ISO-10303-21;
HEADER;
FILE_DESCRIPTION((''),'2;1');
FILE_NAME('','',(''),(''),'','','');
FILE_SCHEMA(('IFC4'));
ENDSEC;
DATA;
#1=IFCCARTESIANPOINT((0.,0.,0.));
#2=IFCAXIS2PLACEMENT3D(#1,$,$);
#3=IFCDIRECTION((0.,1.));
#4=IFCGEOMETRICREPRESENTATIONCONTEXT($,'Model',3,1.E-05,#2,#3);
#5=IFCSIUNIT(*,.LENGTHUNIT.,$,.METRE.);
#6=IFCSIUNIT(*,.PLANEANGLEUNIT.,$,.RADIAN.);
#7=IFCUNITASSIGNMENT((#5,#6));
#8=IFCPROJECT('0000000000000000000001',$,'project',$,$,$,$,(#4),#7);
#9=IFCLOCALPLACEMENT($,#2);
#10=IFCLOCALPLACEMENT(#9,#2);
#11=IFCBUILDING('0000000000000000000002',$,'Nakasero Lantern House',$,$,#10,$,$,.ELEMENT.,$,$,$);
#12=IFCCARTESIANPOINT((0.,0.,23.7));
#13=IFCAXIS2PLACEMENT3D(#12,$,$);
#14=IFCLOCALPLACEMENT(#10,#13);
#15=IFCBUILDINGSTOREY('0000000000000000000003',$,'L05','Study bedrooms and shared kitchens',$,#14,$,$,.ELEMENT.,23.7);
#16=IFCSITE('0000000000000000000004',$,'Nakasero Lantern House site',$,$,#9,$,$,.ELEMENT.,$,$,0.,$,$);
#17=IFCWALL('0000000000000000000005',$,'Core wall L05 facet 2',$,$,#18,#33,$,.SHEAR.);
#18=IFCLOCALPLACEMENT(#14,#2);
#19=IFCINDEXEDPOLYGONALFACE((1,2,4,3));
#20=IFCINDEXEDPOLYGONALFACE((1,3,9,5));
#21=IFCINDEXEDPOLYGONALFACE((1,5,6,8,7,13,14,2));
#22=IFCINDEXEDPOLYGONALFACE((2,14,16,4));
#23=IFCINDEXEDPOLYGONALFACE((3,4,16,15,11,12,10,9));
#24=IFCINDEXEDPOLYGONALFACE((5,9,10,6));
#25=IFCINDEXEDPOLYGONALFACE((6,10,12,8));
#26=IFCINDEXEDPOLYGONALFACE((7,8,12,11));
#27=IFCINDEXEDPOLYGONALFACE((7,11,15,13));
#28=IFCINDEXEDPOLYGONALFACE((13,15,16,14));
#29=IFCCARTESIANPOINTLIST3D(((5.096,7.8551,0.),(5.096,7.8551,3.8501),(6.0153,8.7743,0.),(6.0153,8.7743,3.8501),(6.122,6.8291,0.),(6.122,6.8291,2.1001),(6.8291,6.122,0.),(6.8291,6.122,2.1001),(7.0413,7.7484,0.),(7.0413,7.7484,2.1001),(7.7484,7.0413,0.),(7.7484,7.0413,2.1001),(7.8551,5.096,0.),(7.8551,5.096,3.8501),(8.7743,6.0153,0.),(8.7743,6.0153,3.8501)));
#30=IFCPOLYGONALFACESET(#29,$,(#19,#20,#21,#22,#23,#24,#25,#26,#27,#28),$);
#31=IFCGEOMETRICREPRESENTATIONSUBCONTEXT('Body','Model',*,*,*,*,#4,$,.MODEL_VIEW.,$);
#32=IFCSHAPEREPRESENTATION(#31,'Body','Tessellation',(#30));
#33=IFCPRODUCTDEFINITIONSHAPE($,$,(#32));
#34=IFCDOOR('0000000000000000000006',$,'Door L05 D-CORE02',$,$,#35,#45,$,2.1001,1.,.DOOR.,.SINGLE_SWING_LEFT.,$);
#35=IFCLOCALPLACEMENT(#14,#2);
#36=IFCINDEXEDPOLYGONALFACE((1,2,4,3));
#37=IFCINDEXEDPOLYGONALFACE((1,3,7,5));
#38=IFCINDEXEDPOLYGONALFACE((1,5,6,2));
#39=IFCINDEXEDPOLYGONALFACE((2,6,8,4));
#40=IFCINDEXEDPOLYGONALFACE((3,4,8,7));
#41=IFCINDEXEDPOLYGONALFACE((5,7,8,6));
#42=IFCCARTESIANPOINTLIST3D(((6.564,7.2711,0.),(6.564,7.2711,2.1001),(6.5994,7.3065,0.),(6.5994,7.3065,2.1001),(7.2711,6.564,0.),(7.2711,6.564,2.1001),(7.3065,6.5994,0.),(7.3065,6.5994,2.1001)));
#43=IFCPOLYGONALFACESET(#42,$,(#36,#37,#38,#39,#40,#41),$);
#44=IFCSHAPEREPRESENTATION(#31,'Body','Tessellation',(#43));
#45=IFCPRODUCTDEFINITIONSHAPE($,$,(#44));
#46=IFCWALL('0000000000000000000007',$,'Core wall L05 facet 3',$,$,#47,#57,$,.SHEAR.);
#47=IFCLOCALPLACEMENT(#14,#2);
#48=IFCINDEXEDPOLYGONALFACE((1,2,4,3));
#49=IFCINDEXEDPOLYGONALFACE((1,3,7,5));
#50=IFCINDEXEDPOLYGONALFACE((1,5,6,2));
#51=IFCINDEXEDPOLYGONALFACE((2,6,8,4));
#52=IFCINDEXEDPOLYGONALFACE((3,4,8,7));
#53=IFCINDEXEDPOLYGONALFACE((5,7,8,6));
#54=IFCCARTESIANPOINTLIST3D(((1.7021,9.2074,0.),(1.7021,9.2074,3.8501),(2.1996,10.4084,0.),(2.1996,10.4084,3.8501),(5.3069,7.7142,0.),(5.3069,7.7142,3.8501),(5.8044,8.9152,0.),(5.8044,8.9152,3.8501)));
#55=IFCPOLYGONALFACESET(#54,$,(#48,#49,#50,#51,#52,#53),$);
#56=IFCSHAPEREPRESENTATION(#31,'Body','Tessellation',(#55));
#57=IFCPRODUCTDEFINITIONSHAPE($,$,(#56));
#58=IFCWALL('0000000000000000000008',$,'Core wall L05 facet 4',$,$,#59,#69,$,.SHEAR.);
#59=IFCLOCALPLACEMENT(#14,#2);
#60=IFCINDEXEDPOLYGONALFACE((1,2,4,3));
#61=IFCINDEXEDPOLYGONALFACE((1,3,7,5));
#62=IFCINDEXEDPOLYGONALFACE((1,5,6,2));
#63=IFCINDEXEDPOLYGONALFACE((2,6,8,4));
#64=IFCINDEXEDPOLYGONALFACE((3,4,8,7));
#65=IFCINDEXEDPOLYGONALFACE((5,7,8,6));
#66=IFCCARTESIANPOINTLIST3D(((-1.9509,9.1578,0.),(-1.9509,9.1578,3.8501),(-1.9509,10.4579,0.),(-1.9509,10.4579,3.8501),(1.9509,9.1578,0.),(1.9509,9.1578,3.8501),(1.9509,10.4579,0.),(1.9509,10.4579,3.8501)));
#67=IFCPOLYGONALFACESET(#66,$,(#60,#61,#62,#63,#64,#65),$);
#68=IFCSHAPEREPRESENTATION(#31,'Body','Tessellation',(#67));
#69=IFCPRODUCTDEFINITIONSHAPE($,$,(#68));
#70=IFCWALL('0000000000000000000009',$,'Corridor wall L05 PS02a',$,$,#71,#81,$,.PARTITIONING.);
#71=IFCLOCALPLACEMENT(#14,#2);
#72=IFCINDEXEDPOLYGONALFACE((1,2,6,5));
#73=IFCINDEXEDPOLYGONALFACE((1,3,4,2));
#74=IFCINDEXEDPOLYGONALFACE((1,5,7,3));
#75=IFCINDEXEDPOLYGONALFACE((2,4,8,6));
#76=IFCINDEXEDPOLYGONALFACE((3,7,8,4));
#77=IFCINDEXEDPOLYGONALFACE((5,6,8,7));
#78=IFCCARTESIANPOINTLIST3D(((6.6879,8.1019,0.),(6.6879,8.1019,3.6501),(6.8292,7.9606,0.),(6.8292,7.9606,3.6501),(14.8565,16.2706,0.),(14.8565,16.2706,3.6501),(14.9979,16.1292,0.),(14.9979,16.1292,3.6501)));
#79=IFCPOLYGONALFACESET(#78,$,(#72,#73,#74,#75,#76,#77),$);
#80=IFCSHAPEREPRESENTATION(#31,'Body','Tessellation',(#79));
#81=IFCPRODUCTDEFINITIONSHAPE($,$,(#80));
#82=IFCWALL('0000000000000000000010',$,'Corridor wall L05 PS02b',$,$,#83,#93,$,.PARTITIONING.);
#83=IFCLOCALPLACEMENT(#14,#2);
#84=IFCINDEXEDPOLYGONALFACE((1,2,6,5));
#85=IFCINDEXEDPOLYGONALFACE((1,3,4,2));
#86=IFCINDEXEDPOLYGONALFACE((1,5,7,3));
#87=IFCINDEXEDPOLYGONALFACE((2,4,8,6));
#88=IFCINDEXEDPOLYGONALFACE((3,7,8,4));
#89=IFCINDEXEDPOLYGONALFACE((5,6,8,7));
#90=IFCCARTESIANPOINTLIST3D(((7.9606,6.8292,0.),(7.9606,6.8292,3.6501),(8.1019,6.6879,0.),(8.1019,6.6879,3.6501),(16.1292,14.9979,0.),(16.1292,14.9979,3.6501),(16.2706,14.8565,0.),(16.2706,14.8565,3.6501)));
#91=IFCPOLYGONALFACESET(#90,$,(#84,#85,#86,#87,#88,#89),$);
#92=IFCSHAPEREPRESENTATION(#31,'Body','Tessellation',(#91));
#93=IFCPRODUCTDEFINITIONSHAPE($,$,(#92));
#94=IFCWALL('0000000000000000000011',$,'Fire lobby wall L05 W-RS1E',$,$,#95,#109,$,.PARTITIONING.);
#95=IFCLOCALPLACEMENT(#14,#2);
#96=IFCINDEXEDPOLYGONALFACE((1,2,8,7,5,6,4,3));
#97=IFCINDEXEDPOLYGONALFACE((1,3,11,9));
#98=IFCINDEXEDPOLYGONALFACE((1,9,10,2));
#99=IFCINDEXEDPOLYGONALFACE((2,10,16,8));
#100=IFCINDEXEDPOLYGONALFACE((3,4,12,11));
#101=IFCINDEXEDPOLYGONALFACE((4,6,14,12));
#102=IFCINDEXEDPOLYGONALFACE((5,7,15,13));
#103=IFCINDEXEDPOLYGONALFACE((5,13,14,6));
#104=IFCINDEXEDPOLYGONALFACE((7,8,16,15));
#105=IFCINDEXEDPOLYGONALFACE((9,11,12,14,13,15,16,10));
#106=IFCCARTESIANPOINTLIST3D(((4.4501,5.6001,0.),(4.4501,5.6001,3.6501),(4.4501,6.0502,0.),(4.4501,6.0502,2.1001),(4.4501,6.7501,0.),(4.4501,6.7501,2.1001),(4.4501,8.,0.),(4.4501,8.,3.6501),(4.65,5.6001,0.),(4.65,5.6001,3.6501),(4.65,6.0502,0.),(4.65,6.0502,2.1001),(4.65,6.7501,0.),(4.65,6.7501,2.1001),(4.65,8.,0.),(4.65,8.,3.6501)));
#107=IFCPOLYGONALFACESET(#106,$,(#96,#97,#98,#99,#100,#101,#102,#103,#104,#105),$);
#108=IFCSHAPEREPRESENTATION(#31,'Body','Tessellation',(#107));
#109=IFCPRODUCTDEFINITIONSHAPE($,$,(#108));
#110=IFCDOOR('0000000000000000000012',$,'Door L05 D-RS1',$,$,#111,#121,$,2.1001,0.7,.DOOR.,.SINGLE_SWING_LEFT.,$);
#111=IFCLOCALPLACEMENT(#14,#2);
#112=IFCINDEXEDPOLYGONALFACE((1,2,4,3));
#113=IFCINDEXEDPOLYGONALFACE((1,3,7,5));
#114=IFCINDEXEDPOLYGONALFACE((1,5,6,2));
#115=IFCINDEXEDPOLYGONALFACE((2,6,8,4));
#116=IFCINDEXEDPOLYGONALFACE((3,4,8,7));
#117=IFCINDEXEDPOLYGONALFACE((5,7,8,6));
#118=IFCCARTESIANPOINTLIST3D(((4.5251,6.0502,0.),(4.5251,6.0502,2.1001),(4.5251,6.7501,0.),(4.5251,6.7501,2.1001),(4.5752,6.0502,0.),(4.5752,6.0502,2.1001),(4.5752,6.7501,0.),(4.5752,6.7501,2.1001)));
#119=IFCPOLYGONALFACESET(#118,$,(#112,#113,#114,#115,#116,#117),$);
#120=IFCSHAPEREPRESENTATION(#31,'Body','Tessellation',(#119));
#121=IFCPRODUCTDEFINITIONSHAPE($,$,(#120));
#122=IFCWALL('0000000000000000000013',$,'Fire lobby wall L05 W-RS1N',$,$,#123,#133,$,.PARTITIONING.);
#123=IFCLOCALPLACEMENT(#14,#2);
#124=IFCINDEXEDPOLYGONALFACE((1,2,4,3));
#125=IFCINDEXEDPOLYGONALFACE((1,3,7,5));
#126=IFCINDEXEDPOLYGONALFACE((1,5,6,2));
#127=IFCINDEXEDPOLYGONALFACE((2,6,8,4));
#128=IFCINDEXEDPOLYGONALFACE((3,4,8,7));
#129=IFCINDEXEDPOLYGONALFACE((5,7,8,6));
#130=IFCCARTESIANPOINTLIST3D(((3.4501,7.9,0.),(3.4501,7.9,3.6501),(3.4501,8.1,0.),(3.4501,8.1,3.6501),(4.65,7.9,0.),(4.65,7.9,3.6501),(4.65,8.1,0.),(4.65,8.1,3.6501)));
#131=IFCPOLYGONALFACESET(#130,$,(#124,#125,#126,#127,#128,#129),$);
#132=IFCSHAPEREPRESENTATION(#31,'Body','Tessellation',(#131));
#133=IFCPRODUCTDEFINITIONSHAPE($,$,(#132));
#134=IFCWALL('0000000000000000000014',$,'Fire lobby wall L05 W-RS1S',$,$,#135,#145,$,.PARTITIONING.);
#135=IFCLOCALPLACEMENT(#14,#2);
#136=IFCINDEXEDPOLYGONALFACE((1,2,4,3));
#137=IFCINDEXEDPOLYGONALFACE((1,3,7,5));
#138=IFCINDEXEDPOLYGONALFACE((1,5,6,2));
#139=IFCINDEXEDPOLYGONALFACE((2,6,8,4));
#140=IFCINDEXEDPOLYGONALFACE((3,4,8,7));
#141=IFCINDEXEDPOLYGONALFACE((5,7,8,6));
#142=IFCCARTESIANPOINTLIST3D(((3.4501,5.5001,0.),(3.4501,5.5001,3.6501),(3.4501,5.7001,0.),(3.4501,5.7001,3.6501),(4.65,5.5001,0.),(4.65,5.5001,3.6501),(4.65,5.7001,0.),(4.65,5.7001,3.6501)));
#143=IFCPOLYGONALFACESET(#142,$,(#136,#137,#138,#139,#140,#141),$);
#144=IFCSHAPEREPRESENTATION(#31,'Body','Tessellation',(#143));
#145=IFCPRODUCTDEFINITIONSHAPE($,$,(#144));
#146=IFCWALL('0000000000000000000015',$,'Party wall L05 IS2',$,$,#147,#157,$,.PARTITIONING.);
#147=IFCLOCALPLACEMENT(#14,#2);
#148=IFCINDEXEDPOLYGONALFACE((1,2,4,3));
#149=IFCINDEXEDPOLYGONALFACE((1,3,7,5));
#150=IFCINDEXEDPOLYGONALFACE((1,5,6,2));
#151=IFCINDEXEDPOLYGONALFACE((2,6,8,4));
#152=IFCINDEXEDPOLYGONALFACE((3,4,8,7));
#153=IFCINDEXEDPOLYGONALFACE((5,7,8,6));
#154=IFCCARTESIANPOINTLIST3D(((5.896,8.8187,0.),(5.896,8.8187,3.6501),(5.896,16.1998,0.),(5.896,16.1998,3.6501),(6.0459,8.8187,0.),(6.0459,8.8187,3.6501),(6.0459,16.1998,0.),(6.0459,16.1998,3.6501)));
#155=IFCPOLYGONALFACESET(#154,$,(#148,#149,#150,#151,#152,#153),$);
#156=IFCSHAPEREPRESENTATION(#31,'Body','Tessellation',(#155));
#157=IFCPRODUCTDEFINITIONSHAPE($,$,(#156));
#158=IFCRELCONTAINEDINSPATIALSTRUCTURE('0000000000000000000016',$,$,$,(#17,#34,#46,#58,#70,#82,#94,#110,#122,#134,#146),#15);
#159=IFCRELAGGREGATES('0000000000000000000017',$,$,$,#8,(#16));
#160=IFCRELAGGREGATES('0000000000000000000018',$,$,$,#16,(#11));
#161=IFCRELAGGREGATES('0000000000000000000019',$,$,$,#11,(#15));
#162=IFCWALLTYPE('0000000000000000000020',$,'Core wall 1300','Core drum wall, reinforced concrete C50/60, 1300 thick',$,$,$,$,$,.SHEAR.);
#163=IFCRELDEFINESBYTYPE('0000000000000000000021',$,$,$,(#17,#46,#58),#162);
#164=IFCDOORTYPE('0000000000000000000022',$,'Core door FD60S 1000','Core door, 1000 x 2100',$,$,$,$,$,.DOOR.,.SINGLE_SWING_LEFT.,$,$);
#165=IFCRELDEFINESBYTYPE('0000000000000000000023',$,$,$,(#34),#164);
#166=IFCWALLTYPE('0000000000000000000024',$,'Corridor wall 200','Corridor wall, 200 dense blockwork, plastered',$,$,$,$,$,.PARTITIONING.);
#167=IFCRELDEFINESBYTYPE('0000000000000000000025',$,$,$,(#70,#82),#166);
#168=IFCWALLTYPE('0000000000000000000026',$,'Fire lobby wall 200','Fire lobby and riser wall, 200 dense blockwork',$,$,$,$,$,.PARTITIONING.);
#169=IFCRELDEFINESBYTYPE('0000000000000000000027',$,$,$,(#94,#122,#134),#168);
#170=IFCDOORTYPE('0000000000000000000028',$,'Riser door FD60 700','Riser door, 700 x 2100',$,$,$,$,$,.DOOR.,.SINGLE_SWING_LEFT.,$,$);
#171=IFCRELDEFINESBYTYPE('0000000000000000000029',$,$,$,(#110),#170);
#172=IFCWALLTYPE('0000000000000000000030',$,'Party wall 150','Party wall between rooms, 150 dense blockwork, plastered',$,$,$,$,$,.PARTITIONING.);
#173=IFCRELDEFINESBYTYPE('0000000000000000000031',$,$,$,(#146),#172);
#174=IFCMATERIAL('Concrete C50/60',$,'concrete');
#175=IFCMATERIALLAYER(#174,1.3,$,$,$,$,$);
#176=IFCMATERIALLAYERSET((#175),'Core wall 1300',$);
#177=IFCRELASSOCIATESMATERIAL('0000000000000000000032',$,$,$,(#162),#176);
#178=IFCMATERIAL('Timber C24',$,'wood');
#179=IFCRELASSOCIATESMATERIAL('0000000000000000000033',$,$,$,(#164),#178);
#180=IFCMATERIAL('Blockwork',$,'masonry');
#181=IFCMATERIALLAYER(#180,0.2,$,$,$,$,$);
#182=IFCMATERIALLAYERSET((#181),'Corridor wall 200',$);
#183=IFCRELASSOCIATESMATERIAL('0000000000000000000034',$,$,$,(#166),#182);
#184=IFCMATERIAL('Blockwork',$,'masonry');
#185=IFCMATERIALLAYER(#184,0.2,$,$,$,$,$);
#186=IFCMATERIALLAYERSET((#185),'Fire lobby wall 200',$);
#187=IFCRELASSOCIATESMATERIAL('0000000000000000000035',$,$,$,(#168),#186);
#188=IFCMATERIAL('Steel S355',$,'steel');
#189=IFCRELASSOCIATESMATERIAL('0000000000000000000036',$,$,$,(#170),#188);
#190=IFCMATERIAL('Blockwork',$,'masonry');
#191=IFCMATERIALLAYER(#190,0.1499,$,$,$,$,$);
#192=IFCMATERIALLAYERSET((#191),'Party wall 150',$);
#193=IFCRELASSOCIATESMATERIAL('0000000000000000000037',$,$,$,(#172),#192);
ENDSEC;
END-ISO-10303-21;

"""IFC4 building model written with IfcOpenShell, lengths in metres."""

from ifc_helpers import new_model, si_unit, direction, frame, frame_2d, origin, place, context, subcontext, project, spatial, rectangle, extrude, material, layer, layer_set, type_object, element, fill, save


model = new_model("IFC4")

# Units and contexts
model_context = context("Model", 3, precision=1e-05, world=origin(), true_north=direction((0.0, 1.0)))
body_context = subcontext(model_context, "Body", "Model", "MODEL_VIEW")
ifc_project = project(units=[si_unit("LENGTHUNIT", "METRE"), si_unit("PLANEANGLEUNIT", "RADIAN")], contexts=[model_context])

# Site, building, storey
site_placement = place(None, origin())
site = spatial("IfcSite", under=ifc_project, at=site_placement, Name="Nakasero Lantern House site", CompositionType="ELEMENT", RefElevation=0.0)
building_placement = place(site_placement, origin())
building = spatial("IfcBuilding", under=site, at=building_placement, Name="Nakasero Lantern House", CompositionType="ELEMENT")
storey_placement = place(building_placement, frame((0.0, 0.0, 23.7)))
storey = spatial("IfcBuildingStorey", under=building, at=storey_placement, Name="L05", Description="Study bedrooms and shared kitchens", CompositionType="ELEMENT", Elevation=23.7)

# Shared definitions
ifc_material_1 = material(Name="Concrete C50/60", Category="concrete")
ifc_layer_1 = layer(ifc_material_1, 1.3)
ifc_layer_set_1 = layer_set([ifc_layer_1], Name="Core wall 1300")
wall_type_1 = type_object("IfcWallType", Name="Core wall 1300", Description="Core drum wall, reinforced concrete C50/60, 1300 thick", PredefinedType="SHEAR", material=ifc_layer_set_1)

# Wall, opening, door
wall_1_placement = place(storey_placement, frame((8.3147, 5.5557, 0.0), z_axis=(0.0, 0.0, 1.0), x_axis=(-0.707107, 0.707107, 0.0)))
wall_1 = element("IfcWall", 1, at=wall_1_placement, inside=storey, type_object=wall_type_1, Name="Core wall L05 facet 2", PredefinedType="SHEAR", context=body_context, shape_type="SweptSolid", body=[
    extrude(rectangle(XDim=3.9019, YDim=1.3, at=frame_2d((1.9509, 0.0))), origin(), (0.0, 0.0, 1.0), 3.8501),
])
opening_1_placement = place(wall_1_placement, frame((1.4509, 0.0, 0.0)))
opening_1 = element("IfcOpeningElement", 2, at=opening_1_placement, cuts=wall_1, PredefinedType="OPENING", context=body_context, shape_type="SweptSolid", body=[
    extrude(rectangle(XDim=1.0, YDim=2.1001, at=frame_2d((0.5, 1.05))), frame((0.0, 0.6699, 0.0), z_axis=(0.0, -1.0, 0.0), x_axis=(1.0, 0.0, 0.0)), (0.0, 0.0, 1.0), 1.3401),
])
ifc_material_2 = material(Name="Timber C24", Category="wood")
door_type_1 = type_object("IfcDoorType", Name="Core door FD60S 1000", Description="Core door, 1000 x 2100", OperationType="SINGLE_SWING_LEFT", PredefinedType="DOOR", material=ifc_material_2)
door_1_placement = place(opening_1_placement, origin())
door_1 = element("IfcDoor", 3, at=door_1_placement, inside=storey, type_object=door_type_1, Name="Door L05 D-CORE02", OperationType="SINGLE_SWING_LEFT", OverallHeight=2.1001, OverallWidth=1.0, PredefinedType="DOOR", context=body_context, shape_type="SweptSolid", body=[
    extrude(rectangle(XDim=1.0, YDim=2.1001, at=frame_2d((0.5, 1.05))), frame((0.0, 0.0249, 0.0), z_axis=(0.0, -1.0, 0.0), x_axis=(1.0, 0.0, 0.0)), (0.0, 0.0, 1.0), 0.05),
])
fill(opening_1, door_1)

# Walls
for number, where, z_axis, x_axis, name in (
    (4, (5.5557, 8.3147, 0.0), (0.0, 0.0, 1.0), (-0.923877, 0.382691, 0.0), "Core wall L05 facet 3"),
    (5, (1.9509, 9.8079, 0.0), (0.0, 0.0, 1.0), (-1.0, 0.0, 0.0), "Core wall L05 facet 4"),
):
    element("IfcWall", number, at=place(storey_placement, frame(where, z_axis=z_axis, x_axis=x_axis)), inside=storey, type_object=wall_type_1, Name=name, PredefinedType="SHEAR", context=body_context, shape_type="SweptSolid", body=[
        extrude(rectangle(XDim=3.9019, YDim=1.3, at=frame_2d((1.9509, 0.0))), origin(), (0.0, 0.0, 1.0), 3.8501),
    ])
ifc_material_3 = material(Name="Blockwork", Category="masonry")
ifc_layer_2 = layer(ifc_material_3, 0.2)
ifc_layer_set_2 = layer_set([ifc_layer_2], Name="Corridor wall 200")
wall_type_2 = type_object("IfcWallType", Name="Corridor wall 200", Description="Corridor wall, 200 dense blockwork, plastered", PredefinedType="PARTITIONING", material=ifc_layer_set_2)
for number, where, z_axis, x_axis, name in (
    (6, (6.7585, 8.0312, 0.0), (0.0, 0.0, 1.0), (0.707107, 0.707107, 0.0), "Corridor wall L05 PS02a"),
    (7, (8.0312, 6.7585, 0.0), (0.0, 0.0, 1.0), (0.707107, 0.707107, 0.0), "Corridor wall L05 PS02b"),
):
    element("IfcWall", number, at=place(storey_placement, frame(where, z_axis=z_axis, x_axis=x_axis)), inside=storey, type_object=wall_type_2, Name=name, PredefinedType="PARTITIONING", context=body_context, shape_type="SweptSolid", body=[
        extrude(rectangle(XDim=11.5522, YDim=0.2, at=frame_2d((5.7761, 0.0))), origin(), (0.0, 0.0, 1.0), 3.6501),
    ])

# Wall, opening, door
ifc_material_4 = material(Name="Blockwork", Category="masonry")
ifc_layer_3 = layer(ifc_material_4, 0.2)
ifc_layer_set_3 = layer_set([ifc_layer_3], Name="Fire lobby wall 200")
wall_type_3 = type_object("IfcWallType", Name="Fire lobby wall 200", Description="Fire lobby and riser wall, 200 dense blockwork", PredefinedType="PARTITIONING", material=ifc_layer_set_3)
wall_2_placement = place(storey_placement, frame((4.55, 5.6001, 0.0), z_axis=(0.0, 0.0, 1.0), x_axis=(0.0, 1.0, 0.0)))
wall_2 = element("IfcWall", 8, at=wall_2_placement, inside=storey, type_object=wall_type_3, Name="Fire lobby wall L05 W-RS1E", PredefinedType="PARTITIONING", context=body_context, shape_type="SweptSolid", body=[
    extrude(rectangle(XDim=2.3999, YDim=0.2, at=frame_2d((1.2, 0.0))), origin(), (0.0, 0.0, 1.0), 3.6501),
])
opening_2_placement = place(wall_2_placement, frame((0.45, 0.0, 0.0)))
opening_2 = element("IfcOpeningElement", 9, at=opening_2_placement, cuts=wall_2, PredefinedType="OPENING", context=body_context, shape_type="SweptSolid", body=[
    extrude(rectangle(XDim=0.7, YDim=2.1001, at=frame_2d((0.3501, 1.05))), frame((0.0, 0.1199, 0.0), z_axis=(0.0, -1.0, 0.0), x_axis=(1.0, 0.0, 0.0)), (0.0, 0.0, 1.0), 0.24),
])
ifc_material_5 = material(Name="Steel S355", Category="steel")
door_type_2 = type_object("IfcDoorType", Name="Riser door FD60 700", Description="Riser door, 700 x 2100", OperationType="SINGLE_SWING_LEFT", PredefinedType="DOOR", material=ifc_material_5)
door_2_placement = place(opening_2_placement, origin())
door_2 = element("IfcDoor", 10, at=door_2_placement, inside=storey, type_object=door_type_2, Name="Door L05 D-RS1", OperationType="SINGLE_SWING_LEFT", OverallHeight=2.1001, OverallWidth=0.7, PredefinedType="DOOR", context=body_context, shape_type="SweptSolid", body=[
    extrude(rectangle(XDim=0.7, YDim=2.1001, at=frame_2d((0.3501, 1.05))), frame((0.0, 0.0249, 0.0), z_axis=(0.0, -1.0, 0.0), x_axis=(1.0, 0.0, 0.0)), (0.0, 0.0, 1.0), 0.05),
])
fill(opening_2, door_2)

# Walls
for number, where, z_axis, x_axis, name in (
    (11, (3.45, 8.0, 0.0), (0.0, 0.0, 1.0), (1.0, 0.0, 0.0), "Fire lobby wall L05 W-RS1N"),
    (12, (3.45, 5.6001, 0.0), (0.0, 0.0, 1.0), (1.0, 0.0, 0.0), "Fire lobby wall L05 W-RS1S"),
):
    element("IfcWall", number, at=place(storey_placement, frame(where, z_axis=z_axis, x_axis=x_axis)), inside=storey, type_object=wall_type_3, Name=name, PredefinedType="PARTITIONING", context=body_context, shape_type="SweptSolid", body=[
        extrude(rectangle(XDim=1.2, YDim=0.2, at=frame_2d((0.6001, 0.0))), origin(), (0.0, 0.0, 1.0), 3.6501),
    ])
ifc_material_6 = material(Name="Blockwork", Category="masonry")
ifc_layer_4 = layer(ifc_material_6, 0.1499)
ifc_layer_set_4 = layer_set([ifc_layer_4], Name="Party wall 150")
wall_type_4 = type_object("IfcWallType", Name="Party wall 150", Description="Party wall between rooms, 150 dense blockwork, plastered", PredefinedType="PARTITIONING", material=ifc_layer_set_4)
wall_3_placement = place(storey_placement, frame((5.9709, 8.8188, 0.0), z_axis=(0.0, 0.0, 1.0), x_axis=(0.0, 1.0, 0.0)))
element("IfcWall", 13, at=wall_3_placement, inside=storey, type_object=wall_type_4, Name="Party wall L05 IS2", PredefinedType="PARTITIONING", context=body_context, shape_type="SweptSolid", body=[
    extrude(rectangle(XDim=7.3811, YDim=0.1499, at=frame_2d((3.6904, 0.0))), origin(), (0.0, 0.0, 1.0), 3.6501),
])

save(model, "model.ifc")
